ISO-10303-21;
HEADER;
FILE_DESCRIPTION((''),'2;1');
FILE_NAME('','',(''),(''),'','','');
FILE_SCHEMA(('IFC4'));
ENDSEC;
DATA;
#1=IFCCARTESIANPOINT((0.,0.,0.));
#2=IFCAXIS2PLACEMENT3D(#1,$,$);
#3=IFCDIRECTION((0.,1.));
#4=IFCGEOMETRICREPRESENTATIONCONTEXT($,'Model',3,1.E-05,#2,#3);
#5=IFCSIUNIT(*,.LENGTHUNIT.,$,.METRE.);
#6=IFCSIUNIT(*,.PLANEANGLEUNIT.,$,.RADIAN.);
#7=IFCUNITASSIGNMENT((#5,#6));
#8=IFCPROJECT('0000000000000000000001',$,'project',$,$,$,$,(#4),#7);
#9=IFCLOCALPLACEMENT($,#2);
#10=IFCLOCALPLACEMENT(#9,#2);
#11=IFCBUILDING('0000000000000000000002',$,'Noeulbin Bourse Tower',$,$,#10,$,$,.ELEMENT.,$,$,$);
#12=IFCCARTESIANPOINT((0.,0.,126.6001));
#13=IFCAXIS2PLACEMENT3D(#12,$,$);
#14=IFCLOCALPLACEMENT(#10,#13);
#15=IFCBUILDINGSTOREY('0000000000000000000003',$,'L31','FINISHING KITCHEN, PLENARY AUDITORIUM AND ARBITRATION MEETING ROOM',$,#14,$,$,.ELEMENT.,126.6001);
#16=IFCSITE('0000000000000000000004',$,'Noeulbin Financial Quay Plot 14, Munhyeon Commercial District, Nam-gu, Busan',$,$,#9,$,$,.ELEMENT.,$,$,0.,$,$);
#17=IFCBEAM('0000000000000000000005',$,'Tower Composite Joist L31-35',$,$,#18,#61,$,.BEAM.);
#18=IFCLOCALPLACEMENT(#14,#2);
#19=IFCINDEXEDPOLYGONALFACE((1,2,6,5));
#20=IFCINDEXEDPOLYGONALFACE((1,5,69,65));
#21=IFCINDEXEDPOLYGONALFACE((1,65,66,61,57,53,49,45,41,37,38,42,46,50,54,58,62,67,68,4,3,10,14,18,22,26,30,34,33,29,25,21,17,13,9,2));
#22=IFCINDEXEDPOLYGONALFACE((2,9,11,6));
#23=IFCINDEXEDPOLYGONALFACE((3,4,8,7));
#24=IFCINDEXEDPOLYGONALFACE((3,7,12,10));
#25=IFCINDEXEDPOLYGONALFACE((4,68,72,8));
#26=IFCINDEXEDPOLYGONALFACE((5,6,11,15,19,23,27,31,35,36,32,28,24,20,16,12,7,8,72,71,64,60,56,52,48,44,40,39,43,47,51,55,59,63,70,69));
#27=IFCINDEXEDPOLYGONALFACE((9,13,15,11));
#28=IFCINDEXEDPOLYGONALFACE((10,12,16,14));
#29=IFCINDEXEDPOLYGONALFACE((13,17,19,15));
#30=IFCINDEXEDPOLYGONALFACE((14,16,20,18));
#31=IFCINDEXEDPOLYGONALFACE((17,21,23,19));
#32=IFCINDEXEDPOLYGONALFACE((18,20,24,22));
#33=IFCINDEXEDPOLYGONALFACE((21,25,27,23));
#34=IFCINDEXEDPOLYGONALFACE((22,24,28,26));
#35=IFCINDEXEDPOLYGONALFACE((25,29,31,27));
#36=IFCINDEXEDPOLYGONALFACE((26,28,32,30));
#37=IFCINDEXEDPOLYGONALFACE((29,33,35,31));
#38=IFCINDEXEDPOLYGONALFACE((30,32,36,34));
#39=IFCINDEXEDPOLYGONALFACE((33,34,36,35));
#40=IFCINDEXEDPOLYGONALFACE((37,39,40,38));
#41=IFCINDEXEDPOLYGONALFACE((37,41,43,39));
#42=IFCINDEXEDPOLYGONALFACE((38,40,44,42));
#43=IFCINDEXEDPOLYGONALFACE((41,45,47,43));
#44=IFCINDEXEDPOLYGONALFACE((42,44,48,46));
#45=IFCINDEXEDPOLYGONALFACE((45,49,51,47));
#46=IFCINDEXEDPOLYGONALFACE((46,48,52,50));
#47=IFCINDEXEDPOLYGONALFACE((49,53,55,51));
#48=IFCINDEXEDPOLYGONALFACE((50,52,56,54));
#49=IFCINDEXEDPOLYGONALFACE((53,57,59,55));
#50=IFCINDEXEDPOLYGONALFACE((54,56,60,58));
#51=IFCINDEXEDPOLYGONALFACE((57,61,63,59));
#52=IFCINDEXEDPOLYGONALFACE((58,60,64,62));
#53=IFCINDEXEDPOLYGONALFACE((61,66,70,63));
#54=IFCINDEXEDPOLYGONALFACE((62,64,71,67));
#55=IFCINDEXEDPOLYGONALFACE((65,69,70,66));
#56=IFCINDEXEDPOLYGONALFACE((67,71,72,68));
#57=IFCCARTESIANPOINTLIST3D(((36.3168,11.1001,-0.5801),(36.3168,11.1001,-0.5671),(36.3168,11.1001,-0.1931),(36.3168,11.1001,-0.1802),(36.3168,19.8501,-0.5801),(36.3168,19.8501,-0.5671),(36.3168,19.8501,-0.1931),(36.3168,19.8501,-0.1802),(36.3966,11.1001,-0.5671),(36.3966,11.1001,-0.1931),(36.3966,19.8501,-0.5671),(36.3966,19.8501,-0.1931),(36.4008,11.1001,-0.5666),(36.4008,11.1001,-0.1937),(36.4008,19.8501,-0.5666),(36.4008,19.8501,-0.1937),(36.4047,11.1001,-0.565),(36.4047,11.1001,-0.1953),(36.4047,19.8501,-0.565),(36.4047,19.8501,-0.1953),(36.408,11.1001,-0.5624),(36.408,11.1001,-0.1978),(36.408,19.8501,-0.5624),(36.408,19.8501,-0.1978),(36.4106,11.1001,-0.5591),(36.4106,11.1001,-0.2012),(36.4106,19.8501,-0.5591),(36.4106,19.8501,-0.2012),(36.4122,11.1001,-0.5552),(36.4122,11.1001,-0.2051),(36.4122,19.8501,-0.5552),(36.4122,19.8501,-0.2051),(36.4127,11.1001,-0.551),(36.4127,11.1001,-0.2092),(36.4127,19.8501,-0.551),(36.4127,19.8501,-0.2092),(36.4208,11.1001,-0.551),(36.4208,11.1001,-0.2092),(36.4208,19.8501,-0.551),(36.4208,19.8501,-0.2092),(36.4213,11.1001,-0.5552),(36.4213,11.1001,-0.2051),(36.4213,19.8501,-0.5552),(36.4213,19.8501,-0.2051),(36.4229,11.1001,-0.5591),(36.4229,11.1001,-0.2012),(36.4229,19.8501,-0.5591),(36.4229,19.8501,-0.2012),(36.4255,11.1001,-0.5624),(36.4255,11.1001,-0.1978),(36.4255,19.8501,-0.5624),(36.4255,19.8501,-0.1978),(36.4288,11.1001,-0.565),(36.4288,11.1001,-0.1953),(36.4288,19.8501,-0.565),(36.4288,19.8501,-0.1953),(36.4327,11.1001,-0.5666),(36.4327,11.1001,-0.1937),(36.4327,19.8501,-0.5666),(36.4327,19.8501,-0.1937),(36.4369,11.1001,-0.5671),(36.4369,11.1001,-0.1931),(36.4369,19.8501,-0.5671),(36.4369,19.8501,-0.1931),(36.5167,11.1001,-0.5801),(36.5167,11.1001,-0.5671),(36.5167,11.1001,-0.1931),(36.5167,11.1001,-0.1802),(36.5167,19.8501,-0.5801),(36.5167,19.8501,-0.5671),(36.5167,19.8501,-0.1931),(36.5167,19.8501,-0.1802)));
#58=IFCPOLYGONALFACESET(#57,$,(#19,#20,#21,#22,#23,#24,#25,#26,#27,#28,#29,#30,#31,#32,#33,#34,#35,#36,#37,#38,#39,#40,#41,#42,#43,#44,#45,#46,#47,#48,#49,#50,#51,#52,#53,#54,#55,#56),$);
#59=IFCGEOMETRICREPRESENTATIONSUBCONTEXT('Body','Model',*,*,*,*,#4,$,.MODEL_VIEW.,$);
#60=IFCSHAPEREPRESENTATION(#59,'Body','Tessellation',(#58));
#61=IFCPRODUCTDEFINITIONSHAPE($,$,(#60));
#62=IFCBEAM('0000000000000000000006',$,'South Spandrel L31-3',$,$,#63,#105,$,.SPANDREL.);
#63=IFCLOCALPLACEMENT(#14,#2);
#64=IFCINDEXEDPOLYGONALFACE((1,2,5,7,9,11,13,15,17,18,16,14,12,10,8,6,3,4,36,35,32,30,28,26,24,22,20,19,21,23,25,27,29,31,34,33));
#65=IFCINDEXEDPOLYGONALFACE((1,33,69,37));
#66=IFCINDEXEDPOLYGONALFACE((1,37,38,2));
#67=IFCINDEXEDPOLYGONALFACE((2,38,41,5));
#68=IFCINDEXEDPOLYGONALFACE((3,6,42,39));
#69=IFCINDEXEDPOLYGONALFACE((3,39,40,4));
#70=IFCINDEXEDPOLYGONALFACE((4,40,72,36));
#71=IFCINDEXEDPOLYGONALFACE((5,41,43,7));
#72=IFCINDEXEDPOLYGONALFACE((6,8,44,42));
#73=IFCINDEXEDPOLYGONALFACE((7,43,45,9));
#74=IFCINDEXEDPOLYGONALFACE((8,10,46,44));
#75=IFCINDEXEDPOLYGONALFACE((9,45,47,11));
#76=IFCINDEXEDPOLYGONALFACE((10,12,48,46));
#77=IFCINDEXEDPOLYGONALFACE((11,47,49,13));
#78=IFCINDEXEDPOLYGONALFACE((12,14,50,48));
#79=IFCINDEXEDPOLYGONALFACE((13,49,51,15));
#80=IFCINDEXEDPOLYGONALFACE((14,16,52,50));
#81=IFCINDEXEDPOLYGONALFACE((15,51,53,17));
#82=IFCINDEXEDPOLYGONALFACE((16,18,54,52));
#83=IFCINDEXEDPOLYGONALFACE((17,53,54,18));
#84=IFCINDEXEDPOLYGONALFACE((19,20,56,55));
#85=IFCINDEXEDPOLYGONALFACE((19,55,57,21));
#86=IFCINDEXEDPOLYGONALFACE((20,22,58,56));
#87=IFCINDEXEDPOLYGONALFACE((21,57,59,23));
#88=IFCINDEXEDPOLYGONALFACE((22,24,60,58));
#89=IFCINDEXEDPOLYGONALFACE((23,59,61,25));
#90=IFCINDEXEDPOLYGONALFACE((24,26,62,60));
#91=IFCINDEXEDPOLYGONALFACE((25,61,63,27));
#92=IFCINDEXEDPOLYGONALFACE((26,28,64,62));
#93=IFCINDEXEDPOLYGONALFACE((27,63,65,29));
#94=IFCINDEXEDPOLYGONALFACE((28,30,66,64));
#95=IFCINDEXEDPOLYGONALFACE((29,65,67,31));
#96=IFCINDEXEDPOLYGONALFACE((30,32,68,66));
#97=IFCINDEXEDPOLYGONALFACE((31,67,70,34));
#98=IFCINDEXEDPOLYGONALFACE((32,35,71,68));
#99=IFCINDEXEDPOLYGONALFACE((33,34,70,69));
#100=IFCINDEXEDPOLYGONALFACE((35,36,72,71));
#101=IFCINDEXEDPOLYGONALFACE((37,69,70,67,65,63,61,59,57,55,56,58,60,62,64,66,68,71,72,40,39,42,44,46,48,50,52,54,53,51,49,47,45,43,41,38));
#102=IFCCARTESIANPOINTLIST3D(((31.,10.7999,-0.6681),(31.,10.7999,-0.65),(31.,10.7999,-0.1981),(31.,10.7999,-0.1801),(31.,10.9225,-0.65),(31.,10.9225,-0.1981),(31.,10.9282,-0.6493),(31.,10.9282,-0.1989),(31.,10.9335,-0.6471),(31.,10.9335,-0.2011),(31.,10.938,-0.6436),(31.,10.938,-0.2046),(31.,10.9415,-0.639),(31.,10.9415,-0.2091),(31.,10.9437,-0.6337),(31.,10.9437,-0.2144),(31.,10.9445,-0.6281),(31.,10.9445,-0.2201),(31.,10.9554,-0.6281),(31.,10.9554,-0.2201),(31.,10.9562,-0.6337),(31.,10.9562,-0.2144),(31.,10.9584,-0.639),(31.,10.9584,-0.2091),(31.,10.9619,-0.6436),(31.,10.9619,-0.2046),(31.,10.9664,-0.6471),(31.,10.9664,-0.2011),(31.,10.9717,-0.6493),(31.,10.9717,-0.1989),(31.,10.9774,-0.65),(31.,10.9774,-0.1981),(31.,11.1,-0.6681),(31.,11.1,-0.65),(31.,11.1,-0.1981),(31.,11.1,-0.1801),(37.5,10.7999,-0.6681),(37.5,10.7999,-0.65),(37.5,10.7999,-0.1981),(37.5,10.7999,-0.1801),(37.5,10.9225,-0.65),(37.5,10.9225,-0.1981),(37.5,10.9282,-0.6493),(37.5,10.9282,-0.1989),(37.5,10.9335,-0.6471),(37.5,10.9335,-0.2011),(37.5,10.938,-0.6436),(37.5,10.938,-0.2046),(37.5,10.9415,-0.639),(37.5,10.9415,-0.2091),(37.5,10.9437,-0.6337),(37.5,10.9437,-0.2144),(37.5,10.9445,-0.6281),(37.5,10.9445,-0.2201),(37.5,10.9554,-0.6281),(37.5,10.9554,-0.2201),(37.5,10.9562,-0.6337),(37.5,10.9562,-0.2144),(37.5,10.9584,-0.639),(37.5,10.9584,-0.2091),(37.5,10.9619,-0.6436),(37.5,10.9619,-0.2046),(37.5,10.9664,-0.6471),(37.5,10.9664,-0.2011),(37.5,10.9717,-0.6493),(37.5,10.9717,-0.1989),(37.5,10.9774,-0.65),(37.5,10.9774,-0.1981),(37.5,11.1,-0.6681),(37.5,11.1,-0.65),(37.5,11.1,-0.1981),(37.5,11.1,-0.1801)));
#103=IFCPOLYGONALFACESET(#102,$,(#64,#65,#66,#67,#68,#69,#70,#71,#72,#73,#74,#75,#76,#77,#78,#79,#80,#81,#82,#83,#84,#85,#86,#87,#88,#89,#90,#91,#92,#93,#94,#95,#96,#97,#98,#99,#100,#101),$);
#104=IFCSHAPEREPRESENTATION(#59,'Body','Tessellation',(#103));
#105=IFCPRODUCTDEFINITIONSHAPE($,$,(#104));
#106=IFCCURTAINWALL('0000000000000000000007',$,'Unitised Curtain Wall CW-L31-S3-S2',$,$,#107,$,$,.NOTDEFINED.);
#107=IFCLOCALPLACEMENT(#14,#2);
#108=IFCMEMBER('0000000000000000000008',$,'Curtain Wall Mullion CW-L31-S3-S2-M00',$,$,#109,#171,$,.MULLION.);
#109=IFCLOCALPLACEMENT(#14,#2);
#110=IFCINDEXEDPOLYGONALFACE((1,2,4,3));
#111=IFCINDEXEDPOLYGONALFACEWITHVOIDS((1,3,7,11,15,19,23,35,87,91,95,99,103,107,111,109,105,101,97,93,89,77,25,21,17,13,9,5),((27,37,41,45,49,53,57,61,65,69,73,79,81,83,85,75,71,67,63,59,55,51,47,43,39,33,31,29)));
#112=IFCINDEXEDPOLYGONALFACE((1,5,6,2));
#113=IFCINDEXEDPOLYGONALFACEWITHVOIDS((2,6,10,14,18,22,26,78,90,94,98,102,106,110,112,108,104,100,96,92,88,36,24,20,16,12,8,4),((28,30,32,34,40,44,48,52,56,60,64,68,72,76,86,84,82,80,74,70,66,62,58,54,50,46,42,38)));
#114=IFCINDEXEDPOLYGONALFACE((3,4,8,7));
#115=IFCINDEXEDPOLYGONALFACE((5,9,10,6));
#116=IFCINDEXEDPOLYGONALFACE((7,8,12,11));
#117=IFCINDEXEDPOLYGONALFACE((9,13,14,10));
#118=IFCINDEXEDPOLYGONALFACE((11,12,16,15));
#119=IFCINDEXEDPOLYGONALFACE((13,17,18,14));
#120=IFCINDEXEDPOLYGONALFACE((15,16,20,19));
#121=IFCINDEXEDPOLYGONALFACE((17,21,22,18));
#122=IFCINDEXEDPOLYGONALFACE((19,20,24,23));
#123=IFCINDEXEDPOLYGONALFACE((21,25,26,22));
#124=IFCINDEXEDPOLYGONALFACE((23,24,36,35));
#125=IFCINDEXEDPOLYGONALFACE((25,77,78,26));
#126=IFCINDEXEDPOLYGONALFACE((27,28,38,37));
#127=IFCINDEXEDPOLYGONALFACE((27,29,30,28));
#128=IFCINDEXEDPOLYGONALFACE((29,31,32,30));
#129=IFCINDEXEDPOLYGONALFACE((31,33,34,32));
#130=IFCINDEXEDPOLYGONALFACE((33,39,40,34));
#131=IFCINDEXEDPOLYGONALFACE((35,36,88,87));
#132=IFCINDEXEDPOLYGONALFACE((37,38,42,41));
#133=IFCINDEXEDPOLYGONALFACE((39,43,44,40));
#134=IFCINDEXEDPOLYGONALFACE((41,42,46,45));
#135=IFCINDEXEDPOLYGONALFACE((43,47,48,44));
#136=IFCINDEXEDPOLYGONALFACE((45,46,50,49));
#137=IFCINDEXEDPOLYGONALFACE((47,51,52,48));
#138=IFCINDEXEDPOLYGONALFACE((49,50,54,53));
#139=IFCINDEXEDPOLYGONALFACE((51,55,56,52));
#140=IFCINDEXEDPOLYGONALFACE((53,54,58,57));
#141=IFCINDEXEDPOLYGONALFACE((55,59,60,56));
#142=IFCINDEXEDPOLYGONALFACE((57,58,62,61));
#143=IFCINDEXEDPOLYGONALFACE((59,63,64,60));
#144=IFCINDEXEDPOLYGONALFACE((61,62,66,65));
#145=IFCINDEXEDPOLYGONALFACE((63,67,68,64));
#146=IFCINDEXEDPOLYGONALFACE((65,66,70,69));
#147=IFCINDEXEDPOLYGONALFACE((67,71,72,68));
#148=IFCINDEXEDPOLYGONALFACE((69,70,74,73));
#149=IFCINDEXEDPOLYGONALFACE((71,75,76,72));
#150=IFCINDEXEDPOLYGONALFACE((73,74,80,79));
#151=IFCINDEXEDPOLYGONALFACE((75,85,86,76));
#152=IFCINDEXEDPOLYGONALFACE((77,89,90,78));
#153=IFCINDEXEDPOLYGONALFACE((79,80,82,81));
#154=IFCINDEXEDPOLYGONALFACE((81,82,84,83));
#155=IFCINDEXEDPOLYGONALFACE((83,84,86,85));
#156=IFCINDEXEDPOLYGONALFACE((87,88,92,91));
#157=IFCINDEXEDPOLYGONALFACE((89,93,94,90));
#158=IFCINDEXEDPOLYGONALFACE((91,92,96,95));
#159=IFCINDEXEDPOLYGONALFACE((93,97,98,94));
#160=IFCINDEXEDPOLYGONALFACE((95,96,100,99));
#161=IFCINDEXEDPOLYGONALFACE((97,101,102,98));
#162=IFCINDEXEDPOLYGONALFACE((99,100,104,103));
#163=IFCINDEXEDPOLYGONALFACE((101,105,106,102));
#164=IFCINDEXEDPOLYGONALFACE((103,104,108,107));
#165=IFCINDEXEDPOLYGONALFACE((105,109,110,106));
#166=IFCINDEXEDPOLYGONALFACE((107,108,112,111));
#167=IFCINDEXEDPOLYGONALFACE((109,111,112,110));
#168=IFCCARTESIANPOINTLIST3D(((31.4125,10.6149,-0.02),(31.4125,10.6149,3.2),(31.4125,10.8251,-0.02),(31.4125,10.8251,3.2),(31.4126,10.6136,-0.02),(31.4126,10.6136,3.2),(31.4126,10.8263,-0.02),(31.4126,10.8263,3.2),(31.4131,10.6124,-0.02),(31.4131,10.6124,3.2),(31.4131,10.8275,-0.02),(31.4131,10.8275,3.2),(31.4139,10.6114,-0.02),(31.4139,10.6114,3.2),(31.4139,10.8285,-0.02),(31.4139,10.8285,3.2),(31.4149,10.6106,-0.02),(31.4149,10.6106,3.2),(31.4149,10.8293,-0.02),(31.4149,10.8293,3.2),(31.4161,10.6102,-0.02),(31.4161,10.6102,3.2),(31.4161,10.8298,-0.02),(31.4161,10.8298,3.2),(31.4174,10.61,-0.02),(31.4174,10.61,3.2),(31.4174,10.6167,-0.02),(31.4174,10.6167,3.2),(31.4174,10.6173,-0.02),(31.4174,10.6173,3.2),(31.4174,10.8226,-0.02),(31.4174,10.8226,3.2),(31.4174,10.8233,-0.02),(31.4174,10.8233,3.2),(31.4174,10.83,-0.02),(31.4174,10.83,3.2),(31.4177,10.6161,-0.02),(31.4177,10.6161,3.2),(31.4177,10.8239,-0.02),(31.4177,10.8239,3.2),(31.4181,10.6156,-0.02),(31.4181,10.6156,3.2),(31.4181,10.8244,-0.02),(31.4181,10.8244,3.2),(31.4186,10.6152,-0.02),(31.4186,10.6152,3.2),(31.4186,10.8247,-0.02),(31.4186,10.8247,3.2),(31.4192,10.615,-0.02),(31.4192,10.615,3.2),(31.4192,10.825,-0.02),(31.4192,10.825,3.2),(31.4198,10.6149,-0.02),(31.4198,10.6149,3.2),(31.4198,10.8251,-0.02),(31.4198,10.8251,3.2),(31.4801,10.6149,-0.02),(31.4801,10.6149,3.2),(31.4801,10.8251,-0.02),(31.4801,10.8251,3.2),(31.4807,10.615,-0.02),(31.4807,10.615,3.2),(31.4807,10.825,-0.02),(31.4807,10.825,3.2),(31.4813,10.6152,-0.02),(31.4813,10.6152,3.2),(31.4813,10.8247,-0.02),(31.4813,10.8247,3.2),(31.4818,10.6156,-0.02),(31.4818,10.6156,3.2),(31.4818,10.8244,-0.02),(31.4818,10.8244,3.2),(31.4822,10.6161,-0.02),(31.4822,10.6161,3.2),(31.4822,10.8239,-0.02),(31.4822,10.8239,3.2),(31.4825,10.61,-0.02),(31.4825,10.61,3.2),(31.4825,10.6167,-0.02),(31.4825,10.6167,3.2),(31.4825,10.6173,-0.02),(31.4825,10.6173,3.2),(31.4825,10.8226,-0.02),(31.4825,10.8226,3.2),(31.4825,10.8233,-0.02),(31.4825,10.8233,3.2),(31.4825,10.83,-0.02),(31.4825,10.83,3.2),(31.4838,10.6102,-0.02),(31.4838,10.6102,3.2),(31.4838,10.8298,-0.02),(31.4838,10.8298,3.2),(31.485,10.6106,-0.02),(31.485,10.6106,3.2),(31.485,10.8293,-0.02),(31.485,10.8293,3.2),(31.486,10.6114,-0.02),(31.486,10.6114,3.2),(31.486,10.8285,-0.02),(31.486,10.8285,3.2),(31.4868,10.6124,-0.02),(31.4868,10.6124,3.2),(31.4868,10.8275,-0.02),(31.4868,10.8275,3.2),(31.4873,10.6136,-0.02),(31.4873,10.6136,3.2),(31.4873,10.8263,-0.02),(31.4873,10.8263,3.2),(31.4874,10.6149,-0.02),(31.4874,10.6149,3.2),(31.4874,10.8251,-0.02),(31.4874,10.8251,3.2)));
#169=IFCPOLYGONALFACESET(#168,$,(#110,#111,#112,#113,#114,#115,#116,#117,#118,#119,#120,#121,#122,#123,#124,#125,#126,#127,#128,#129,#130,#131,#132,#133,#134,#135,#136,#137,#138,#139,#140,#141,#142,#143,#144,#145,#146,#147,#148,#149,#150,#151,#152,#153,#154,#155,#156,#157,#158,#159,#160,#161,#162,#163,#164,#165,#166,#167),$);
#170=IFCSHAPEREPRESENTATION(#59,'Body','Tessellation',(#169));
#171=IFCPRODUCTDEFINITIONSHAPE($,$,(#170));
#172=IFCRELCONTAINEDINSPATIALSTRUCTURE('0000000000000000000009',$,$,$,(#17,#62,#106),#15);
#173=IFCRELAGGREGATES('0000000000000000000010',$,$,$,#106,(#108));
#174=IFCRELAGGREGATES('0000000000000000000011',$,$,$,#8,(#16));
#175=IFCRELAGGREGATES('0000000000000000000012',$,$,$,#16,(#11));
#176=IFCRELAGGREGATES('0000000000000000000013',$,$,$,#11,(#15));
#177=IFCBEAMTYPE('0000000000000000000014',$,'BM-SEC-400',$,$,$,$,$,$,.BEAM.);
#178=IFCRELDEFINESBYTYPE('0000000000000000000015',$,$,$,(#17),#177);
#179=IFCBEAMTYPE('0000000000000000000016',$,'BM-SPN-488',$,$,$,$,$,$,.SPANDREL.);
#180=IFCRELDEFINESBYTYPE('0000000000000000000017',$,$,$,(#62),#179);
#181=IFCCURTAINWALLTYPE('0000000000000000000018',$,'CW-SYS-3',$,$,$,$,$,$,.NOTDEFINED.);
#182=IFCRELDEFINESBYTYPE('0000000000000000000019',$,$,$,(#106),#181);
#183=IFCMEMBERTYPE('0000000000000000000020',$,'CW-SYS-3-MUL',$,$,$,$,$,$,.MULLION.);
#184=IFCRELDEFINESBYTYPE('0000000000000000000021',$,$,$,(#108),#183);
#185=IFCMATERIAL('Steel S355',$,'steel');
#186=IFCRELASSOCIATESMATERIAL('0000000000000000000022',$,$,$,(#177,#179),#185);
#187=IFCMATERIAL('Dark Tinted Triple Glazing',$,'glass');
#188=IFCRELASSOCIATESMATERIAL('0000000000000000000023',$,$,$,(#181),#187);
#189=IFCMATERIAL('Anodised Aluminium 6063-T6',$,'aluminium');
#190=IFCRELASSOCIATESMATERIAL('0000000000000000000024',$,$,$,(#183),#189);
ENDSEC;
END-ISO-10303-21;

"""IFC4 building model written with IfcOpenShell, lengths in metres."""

from ifc_helpers import new_model, si_unit, direction, frame, origin, origin_2d, place, context, subcontext, project, spatial, hollow_rectangle, i_section, extrude, material, material_profile, profile_set, type_object, element, aggregate, save


model = new_model("IFC4")

# Units and contexts
model_context = context("Model", 3, precision=1e-05, world=origin(), true_north=direction((0.0, 1.0)))
body_context = subcontext(model_context, "Body", "Model", "MODEL_VIEW")
ifc_project = project(units=[si_unit("LENGTHUNIT", "METRE"), si_unit("PLANEANGLEUNIT", "RADIAN")], contexts=[model_context])

# Site, building, storey
site_placement = place(None, origin())
site = spatial("IfcSite", under=ifc_project, at=site_placement, Name="Noeulbin Financial Quay Plot 14, Munhyeon Commercial District, Nam-gu, Busan", CompositionType="ELEMENT", RefElevation=0.0)
building_placement = place(site_placement, origin())
building = spatial("IfcBuilding", under=site, at=building_placement, Name="Noeulbin Bourse Tower", CompositionType="ELEMENT")
storey_placement = place(building_placement, frame((0.0, 0.0, 126.6001)))
storey = spatial("IfcBuildingStorey", under=building, at=storey_placement, Name="L31", Description="FINISHING KITCHEN, PLENARY AUDITORIUM AND ARBITRATION MEETING ROOM", CompositionType="ELEMENT", Elevation=126.6001)

# Shared definitions
ifc_material_1 = material(Name="Steel S355", Category="steel")

# Beams
ifc_material_profile_1 = material_profile(ifc_material_1, i_section(OverallWidth=0.2, OverallDepth=0.3999, WebThickness=0.0081, FlangeThickness=0.0129, FilletRadius=0.0161, at=origin_2d()), Name="H-400x200x8x13", Category="LoadBearing")
ifc_profile_set_1 = profile_set([ifc_material_profile_1], Name="Steel S355")
beam_type_1 = type_object("IfcBeamType", Name="BM-SEC-400", PredefinedType="BEAM", material=ifc_profile_set_1)
for number, where, z_axis, x_axis, name in (
    (1, (36.4167, 11.1001, -0.3801), (0.0, 1.0, 0.0), (-1.0, 0.0, 0.0), "Tower Composite Joist L31-35"),
):
    element("IfcBeam", number, at=place(storey_placement, frame(where, z_axis=z_axis, x_axis=x_axis)), inside=storey, type_object=beam_type_1, Name=name, PredefinedType="BEAM", context=body_context, shape_type="SweptSolid", body=[
        extrude(i_section(OverallWidth=0.2, OverallDepth=0.3999, WebThickness=0.0081, FlangeThickness=0.0129, FilletRadius=0.0161, at=origin_2d()), origin(), (0.0, 0.0, 1.0), 8.75),
    ])
ifc_material_profile_2 = material_profile(ifc_material_1, i_section(OverallWidth=0.3, OverallDepth=0.488, WebThickness=0.011, FlangeThickness=0.0181, FilletRadius=0.022, at=origin_2d()), Name="H-488x300x11x18", Category="LoadBearing")
ifc_profile_set_2 = profile_set([ifc_material_profile_2], Name="Steel S355")
beam_type_2 = type_object("IfcBeamType", Name="BM-SPN-488", PredefinedType="SPANDREL", material=ifc_profile_set_2)
beam_1_placement = place(storey_placement, frame((31.0, 10.95, -0.4241), z_axis=(1.0, 0.0, 0.0), x_axis=(0.0, 1.0, 0.0)))
element("IfcBeam", 2, at=beam_1_placement, inside=storey, type_object=beam_type_2, Name="South Spandrel L31-3", PredefinedType="SPANDREL", context=body_context, shape_type="SweptSolid", body=[
    extrude(i_section(OverallWidth=0.3, OverallDepth=0.488, WebThickness=0.011, FlangeThickness=0.0181, FilletRadius=0.022, at=origin_2d()), origin(), (0.0, 0.0, 1.0), 6.5),
])

# Curtain wall, member
ifc_material_2 = material(Name="Dark Tinted Triple Glazing", Category="glass")
curtain_wall_type = type_object("IfcCurtainWallType", Name="CW-SYS-3", PredefinedType="NOTDEFINED", material=ifc_material_2)
curtain_wall_placement = place(storey_placement, origin())
curtain_wall = element("IfcCurtainWall", 3, at=curtain_wall_placement, inside=storey, type_object=curtain_wall_type, Name="Unitised Curtain Wall CW-L31-S3-S2", PredefinedType="NOTDEFINED")
ifc_material_3 = material(Name="Anodised Aluminium 6063-T6", Category="aluminium")
ifc_material_profile_3 = material_profile(ifc_material_3, hollow_rectangle(XDim=0.075, YDim=0.22, WallThickness=0.0049, InnerFilletRadius=0.0024, OuterFilletRadius=0.0049, at=origin_2d()), Name="ALU-MULL-75x220x5", Category="LoadBearing")
ifc_profile_set_3 = profile_set([ifc_material_profile_3], Name="Anodised Aluminium 6063-T6")
member_type_1 = type_object("IfcMemberType", Name="CW-SYS-3-MUL", PredefinedType="MULLION", material=ifc_profile_set_3)
member_1_placement = place(storey_placement, frame((31.45, 10.72, -0.02), z_axis=(0.0, 0.0, 1.0), x_axis=(1.0, 0.0, 0.0)))
member_1 = element("IfcMember", 4, at=member_1_placement, type_object=member_type_1, Name="Curtain Wall Mullion CW-L31-S3-S2-M00", PredefinedType="MULLION", context=body_context, shape_type="SweptSolid", body=[
    extrude(hollow_rectangle(XDim=0.075, YDim=0.22, WallThickness=0.0049, InnerFilletRadius=0.0024, OuterFilletRadius=0.0049, at=origin_2d()), origin(), (0.0, 0.0, 1.0), 3.22),
])
aggregate(curtain_wall, [member_1])

save(model, "model.ifc")
